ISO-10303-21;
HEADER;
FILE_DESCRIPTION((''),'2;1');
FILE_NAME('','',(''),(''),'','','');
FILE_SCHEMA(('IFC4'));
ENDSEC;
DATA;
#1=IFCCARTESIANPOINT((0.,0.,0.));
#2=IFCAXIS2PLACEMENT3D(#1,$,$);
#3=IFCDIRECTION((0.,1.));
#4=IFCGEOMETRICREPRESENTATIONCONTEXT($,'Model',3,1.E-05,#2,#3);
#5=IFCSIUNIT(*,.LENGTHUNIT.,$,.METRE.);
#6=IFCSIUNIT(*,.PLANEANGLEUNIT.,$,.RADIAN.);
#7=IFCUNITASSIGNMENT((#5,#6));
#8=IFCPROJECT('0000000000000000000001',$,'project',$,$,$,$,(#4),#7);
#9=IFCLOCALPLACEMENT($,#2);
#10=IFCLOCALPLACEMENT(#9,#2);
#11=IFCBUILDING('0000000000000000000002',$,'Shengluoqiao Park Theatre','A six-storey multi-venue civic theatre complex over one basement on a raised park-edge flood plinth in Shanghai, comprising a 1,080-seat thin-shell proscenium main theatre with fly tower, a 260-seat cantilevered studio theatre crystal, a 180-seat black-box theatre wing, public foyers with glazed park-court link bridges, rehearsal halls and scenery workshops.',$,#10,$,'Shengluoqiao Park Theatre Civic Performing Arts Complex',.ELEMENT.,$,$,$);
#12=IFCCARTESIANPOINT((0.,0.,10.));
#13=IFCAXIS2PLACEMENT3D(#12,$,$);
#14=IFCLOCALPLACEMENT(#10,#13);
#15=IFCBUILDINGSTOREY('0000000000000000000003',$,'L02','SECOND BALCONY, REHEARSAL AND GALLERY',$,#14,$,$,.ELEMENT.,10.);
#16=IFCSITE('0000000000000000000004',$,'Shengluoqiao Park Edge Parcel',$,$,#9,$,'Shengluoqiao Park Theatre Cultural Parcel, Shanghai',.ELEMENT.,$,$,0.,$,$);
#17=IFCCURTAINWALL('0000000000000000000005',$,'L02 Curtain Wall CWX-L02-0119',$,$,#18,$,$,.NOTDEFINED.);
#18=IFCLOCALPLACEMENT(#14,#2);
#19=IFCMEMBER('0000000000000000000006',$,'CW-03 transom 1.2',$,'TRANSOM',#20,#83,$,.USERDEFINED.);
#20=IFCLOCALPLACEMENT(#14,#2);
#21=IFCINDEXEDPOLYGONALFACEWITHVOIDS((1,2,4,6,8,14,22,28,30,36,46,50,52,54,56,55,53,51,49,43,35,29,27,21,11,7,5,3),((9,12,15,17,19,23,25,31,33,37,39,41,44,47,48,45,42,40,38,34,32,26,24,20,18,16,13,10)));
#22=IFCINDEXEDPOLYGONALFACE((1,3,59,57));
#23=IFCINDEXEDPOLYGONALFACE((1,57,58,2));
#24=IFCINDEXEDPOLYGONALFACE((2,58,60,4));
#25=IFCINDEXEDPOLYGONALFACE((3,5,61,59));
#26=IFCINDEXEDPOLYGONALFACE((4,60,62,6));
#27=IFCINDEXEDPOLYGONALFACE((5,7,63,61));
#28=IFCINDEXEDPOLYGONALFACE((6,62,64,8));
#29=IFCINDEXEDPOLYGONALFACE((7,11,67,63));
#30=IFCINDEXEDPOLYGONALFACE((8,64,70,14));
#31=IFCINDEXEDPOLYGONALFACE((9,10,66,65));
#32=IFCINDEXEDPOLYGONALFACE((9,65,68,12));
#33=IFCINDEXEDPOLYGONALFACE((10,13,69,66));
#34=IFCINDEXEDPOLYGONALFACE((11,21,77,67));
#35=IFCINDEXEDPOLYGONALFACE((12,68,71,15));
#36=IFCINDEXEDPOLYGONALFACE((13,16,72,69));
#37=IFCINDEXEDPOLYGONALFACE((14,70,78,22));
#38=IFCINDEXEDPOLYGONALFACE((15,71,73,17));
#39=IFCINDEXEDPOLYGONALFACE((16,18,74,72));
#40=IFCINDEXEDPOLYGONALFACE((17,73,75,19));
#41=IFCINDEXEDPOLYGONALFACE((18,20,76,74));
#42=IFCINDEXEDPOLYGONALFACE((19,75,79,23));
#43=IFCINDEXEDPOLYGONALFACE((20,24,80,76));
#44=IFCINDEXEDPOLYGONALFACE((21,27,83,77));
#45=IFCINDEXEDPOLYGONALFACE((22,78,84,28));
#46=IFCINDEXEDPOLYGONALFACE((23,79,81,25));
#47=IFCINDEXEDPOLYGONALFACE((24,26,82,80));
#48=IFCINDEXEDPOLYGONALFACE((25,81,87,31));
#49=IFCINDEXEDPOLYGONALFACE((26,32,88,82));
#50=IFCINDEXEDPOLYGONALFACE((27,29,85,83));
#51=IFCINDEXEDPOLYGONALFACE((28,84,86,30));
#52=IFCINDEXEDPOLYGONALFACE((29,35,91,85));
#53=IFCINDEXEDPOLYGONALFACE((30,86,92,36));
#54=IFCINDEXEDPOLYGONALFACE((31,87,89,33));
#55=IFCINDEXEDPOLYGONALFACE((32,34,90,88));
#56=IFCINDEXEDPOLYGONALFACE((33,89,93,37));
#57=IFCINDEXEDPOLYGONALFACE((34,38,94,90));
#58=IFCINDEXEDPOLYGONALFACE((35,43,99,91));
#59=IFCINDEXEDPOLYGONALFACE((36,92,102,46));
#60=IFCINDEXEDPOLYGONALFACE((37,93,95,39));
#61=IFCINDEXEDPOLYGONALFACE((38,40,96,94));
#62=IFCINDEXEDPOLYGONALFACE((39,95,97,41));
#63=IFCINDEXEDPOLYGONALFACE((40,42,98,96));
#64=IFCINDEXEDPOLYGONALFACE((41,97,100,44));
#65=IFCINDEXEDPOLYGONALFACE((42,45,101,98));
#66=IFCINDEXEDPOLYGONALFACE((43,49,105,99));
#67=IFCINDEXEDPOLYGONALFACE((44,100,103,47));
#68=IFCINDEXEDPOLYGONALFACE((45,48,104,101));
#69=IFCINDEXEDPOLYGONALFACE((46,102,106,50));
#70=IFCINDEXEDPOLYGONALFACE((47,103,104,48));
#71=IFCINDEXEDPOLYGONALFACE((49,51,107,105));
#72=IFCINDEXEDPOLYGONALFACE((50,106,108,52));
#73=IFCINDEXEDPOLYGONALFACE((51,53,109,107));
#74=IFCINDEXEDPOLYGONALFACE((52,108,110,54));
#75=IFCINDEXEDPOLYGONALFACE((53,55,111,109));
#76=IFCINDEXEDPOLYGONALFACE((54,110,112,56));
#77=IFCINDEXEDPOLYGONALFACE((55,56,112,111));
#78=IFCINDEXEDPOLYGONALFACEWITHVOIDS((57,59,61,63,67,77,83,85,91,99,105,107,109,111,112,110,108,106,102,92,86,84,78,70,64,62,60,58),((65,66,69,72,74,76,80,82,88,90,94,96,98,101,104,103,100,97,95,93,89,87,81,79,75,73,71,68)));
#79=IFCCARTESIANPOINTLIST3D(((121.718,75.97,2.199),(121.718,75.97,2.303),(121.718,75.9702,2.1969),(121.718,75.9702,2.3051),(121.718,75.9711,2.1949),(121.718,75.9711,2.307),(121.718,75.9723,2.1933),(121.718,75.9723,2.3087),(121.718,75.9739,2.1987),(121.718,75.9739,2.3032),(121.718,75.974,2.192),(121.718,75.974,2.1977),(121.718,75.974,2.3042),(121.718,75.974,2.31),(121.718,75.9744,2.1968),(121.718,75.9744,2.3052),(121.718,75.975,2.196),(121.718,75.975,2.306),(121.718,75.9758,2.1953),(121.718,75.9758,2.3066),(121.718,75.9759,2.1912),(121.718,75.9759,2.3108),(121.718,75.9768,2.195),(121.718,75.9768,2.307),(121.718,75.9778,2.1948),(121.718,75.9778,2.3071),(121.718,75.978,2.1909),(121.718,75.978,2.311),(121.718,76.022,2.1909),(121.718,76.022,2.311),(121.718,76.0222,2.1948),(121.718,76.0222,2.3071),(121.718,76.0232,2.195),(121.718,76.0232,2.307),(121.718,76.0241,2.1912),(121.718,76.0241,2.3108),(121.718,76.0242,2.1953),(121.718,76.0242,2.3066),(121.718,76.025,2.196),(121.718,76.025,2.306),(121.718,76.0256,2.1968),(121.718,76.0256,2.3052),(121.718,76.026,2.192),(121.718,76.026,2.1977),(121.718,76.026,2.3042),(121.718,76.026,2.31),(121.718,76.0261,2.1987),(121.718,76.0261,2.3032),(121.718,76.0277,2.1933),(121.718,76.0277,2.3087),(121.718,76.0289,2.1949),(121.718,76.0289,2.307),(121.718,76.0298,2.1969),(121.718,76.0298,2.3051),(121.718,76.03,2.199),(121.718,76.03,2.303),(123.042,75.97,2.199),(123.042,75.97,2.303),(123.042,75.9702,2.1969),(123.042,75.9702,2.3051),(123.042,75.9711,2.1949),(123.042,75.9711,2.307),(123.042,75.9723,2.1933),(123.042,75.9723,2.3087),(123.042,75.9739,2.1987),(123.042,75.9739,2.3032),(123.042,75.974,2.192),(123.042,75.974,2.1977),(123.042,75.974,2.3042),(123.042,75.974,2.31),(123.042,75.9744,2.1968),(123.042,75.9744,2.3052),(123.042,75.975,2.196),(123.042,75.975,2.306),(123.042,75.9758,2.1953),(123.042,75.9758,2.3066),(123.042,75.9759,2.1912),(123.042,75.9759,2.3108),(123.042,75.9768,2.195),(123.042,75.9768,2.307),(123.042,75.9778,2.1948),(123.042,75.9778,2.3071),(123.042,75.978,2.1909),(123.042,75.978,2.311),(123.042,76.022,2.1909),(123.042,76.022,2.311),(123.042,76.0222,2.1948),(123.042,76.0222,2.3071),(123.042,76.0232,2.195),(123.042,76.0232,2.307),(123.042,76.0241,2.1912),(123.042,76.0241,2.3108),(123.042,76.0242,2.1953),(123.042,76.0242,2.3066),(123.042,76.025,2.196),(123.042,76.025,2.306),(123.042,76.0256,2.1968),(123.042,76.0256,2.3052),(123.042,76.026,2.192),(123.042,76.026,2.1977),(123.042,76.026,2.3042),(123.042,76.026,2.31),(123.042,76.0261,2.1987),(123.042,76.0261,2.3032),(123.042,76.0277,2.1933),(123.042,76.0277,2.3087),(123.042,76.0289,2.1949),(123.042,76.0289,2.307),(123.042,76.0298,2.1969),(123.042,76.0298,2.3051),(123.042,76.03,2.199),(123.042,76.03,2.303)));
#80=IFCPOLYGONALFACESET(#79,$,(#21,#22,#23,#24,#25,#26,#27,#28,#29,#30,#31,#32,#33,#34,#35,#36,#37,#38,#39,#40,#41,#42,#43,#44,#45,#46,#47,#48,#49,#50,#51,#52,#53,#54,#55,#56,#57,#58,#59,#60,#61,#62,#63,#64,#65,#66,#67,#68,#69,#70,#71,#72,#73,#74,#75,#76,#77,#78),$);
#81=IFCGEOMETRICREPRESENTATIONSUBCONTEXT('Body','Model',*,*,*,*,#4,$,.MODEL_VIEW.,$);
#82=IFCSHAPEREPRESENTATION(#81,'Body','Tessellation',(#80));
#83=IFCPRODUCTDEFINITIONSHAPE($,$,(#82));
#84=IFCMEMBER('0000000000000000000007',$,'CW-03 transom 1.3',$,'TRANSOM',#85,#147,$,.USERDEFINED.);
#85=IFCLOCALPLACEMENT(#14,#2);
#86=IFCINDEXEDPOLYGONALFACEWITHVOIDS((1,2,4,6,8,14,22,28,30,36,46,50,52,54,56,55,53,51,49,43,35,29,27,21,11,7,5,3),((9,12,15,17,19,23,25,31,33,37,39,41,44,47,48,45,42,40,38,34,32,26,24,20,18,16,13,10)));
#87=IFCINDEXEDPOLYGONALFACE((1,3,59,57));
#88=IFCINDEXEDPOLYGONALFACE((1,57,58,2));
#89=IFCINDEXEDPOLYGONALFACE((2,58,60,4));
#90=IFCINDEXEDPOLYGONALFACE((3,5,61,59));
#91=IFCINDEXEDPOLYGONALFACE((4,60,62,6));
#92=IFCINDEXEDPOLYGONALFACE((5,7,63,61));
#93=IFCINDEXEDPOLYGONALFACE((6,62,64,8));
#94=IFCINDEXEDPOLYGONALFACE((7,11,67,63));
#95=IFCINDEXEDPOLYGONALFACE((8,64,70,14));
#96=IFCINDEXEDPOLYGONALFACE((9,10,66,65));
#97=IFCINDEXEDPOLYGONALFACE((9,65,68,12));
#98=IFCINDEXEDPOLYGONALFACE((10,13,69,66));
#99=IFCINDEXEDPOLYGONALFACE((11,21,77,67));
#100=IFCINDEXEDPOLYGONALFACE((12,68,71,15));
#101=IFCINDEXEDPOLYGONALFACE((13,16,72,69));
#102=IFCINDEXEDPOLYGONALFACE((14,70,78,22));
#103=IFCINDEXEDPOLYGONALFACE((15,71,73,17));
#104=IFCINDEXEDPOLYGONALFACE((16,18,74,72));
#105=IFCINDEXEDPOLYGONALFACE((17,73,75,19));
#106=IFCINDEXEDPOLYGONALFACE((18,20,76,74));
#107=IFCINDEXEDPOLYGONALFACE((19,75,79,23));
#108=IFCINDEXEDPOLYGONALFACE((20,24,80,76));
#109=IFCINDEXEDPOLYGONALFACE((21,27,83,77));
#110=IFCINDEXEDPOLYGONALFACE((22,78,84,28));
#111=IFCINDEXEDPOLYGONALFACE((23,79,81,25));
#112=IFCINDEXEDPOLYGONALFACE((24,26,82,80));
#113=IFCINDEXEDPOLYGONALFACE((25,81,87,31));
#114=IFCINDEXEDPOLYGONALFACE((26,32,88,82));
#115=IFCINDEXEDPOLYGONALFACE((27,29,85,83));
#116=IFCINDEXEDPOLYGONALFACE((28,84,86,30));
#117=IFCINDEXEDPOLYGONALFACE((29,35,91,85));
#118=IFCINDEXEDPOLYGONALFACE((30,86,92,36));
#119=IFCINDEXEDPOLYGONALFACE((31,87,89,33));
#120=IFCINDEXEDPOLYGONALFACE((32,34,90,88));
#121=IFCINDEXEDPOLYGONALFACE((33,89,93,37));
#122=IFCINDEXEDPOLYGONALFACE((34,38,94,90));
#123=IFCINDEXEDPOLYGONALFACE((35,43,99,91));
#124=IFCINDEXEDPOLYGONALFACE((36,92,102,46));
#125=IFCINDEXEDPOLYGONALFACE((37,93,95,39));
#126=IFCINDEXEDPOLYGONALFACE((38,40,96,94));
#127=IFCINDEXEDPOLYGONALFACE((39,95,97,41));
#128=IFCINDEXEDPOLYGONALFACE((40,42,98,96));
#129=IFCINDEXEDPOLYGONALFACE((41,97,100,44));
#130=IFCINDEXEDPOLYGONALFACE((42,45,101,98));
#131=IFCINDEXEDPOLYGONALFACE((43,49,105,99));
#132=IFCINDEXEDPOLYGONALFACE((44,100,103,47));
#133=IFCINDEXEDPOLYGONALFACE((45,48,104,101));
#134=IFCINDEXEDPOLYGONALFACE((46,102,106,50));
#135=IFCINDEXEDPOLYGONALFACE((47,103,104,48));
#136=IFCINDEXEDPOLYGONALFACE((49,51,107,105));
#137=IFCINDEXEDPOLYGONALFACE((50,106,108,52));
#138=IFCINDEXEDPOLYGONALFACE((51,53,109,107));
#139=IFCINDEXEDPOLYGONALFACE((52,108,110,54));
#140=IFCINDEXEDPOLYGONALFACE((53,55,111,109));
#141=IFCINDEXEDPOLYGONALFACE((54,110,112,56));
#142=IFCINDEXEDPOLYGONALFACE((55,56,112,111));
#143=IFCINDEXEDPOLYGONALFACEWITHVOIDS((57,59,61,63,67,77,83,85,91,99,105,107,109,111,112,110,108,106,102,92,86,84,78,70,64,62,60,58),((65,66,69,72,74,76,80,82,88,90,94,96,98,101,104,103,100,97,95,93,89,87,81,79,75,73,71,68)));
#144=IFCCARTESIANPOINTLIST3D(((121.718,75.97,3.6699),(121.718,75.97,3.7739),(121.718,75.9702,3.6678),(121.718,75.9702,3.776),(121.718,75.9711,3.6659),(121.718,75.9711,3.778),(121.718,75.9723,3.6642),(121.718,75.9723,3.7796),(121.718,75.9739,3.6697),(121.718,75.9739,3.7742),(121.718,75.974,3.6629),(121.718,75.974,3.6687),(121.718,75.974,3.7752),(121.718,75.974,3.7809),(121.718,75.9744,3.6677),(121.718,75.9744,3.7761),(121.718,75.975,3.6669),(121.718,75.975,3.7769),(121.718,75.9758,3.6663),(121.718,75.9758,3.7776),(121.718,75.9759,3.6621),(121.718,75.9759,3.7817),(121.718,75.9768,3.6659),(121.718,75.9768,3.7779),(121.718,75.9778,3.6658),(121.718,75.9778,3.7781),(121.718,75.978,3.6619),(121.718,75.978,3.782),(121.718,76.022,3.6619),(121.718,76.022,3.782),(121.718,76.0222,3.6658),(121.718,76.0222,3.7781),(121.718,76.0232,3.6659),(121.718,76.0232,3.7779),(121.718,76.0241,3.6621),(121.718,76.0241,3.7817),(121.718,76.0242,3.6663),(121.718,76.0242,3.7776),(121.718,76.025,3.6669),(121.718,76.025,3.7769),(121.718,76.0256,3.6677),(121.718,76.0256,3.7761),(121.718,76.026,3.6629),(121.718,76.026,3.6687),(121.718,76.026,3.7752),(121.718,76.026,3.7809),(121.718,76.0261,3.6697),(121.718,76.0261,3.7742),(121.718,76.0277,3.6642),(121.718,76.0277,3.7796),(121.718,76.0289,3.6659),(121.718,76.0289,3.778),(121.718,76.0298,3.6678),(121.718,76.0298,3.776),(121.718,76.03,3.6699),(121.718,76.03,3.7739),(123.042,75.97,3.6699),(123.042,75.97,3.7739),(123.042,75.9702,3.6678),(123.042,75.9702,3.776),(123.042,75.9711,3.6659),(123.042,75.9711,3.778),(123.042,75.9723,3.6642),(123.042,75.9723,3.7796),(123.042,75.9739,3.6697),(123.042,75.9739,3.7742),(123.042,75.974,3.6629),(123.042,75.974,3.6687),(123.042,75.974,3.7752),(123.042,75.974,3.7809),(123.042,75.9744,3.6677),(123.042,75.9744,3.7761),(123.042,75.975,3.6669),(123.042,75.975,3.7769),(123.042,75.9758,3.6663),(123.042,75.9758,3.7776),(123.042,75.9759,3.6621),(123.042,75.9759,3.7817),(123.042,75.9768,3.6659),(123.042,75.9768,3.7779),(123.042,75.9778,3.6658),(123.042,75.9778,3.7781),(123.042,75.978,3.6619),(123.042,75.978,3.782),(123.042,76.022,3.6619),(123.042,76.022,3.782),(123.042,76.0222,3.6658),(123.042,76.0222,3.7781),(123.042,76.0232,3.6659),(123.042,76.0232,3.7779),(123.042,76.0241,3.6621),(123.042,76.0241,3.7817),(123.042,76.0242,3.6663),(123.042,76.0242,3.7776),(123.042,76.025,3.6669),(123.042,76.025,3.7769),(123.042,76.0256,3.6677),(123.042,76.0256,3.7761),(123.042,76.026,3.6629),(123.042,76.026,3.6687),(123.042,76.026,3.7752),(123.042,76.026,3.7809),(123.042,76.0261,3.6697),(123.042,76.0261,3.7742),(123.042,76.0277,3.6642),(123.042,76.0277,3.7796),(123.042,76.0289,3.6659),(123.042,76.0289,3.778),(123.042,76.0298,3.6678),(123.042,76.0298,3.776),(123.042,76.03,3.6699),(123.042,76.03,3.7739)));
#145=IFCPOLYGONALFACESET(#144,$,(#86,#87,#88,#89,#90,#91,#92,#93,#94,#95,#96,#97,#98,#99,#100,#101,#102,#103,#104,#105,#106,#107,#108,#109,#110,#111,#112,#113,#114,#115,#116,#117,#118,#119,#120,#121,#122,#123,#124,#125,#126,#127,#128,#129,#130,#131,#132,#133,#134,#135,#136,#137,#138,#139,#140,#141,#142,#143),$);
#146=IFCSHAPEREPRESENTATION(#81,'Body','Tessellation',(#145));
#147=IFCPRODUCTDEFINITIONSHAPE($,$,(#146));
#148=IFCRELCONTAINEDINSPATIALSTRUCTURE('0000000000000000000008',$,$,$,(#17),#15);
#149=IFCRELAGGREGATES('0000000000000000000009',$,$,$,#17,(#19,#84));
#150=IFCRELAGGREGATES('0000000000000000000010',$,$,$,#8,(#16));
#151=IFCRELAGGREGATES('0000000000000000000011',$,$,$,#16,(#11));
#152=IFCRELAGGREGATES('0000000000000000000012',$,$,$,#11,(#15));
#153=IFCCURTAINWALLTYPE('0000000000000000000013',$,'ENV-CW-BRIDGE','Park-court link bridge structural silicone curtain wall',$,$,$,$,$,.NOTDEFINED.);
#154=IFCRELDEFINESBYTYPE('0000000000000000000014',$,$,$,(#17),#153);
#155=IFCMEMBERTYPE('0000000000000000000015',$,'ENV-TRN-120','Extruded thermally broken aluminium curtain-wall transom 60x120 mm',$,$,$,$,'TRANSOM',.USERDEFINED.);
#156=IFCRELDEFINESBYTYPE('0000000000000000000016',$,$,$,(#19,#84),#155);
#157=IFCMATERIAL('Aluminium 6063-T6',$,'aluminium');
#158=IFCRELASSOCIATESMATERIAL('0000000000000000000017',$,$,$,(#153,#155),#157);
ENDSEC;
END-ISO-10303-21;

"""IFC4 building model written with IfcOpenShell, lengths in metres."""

from ifc_helpers import new_model, si_unit, direction, frame, origin, origin_2d, place, context, subcontext, project, spatial, hollow_rectangle, extrude, material, material_profile, profile_set, type_object, element, aggregate, save


model = new_model("IFC4")

# Units and contexts
model_context = context("Model", 3, precision=1e-05, world=origin(), true_north=direction((0.0, 1.0)))
body_context = subcontext(model_context, "Body", "Model", "MODEL_VIEW")
ifc_project = project(units=[si_unit("LENGTHUNIT", "METRE"), si_unit("PLANEANGLEUNIT", "RADIAN")], contexts=[model_context])

# Site, building, storey
site_placement = place(None, origin())
site = spatial("IfcSite", under=ifc_project, at=site_placement, Name="Shengluoqiao Park Edge Parcel", LongName="Shengluoqiao Park Theatre Cultural Parcel, Shanghai", CompositionType="ELEMENT", RefElevation=0.0)
building_placement = place(site_placement, origin())
building = spatial("IfcBuilding", under=site, at=building_placement, Name="Shengluoqiao Park Theatre", Description="A six-storey multi-venue civic theatre complex over one basement on a raised park-edge flood plinth in Shanghai, comprising a 1,080-seat thin-shell proscenium main theatre with fly tower, a 260-seat cantilevered studio theatre crystal, a 180-seat black-box theatre wing, public foyers with glazed park-court link bridges, rehearsal halls and scenery workshops.", LongName="Shengluoqiao Park Theatre Civic Performing Arts Complex", CompositionType="ELEMENT")
storey_placement = place(building_placement, frame((0.0, 0.0, 10.0)))
storey = spatial("IfcBuildingStorey", under=building, at=storey_placement, Name="L02", Description="SECOND BALCONY, REHEARSAL AND GALLERY", CompositionType="ELEMENT", Elevation=10.0)

# Shared definitions
ifc_material_1 = material(Name="Aluminium 6063-T6", Category="aluminium")
curtain_wall_type = type_object("IfcCurtainWallType", Name="ENV-CW-BRIDGE", Description="Park-court link bridge structural silicone curtain wall", PredefinedType="NOTDEFINED", material=ifc_material_1)

# Curtain wall
curtain_wall_1_placement = place(storey_placement, origin())
curtain_wall_1 = element("IfcCurtainWall", 1, at=curtain_wall_1_placement, inside=storey, type_object=curtain_wall_type, Name="L02 Curtain Wall CWX-L02-0119", PredefinedType="NOTDEFINED")

# Members
ifc_material_profile_1 = material_profile(ifc_material_1, hollow_rectangle(XDim=0.0601, YDim=0.1201, WallThickness=0.0039, InnerFilletRadius=0.0039, OuterFilletRadius=0.0081, at=origin_2d()), Name="ALU TRANSOM 120x60x4")
ifc_profile_set_1 = profile_set([ifc_material_profile_1], Name="Aluminium 6063-T6")
member_type_1 = type_object("IfcMemberType", Name="ENV-TRN-120", Description="Extruded thermally broken aluminium curtain-wall transom 60x120 mm", ElementType="TRANSOM", PredefinedType="USERDEFINED", material=ifc_profile_set_1)
member_1_placement = place(storey_placement, frame((121.718, 76.0, 2.251), z_axis=(1.0, 0.0, 0.0), x_axis=(0.0, 1.0, 0.0)))
member_1 = element("IfcMember", 2, at=member_1_placement, type_object=member_type_1, Name="CW-03 transom 1.2", ObjectType="TRANSOM", PredefinedType="USERDEFINED", context=body_context, shape_type="SweptSolid", body=[
    extrude(hollow_rectangle(XDim=0.0601, YDim=0.1201, WallThickness=0.0039, InnerFilletRadius=0.0039, OuterFilletRadius=0.0081, at=origin_2d()), origin(), (0.0, 0.0, 1.0), 1.324),
])
member_2_placement = place(storey_placement, frame((121.718, 76.0, 3.7219), z_axis=(1.0, 0.0, 0.0), x_axis=(0.0, 1.0, 0.0)))
member_2 = element("IfcMember", 3, at=member_2_placement, type_object=member_type_1, Name="CW-03 transom 1.3", ObjectType="TRANSOM", PredefinedType="USERDEFINED", context=body_context, shape_type="SweptSolid", body=[
    extrude(hollow_rectangle(XDim=0.0601, YDim=0.1201, WallThickness=0.0039, InnerFilletRadius=0.0039, OuterFilletRadius=0.0081, at=origin_2d()), origin(), (0.0, 0.0, 1.0), 1.324),
])

aggregate(curtain_wall_1, [member_1, member_2])

save(model, "model.ifc")
